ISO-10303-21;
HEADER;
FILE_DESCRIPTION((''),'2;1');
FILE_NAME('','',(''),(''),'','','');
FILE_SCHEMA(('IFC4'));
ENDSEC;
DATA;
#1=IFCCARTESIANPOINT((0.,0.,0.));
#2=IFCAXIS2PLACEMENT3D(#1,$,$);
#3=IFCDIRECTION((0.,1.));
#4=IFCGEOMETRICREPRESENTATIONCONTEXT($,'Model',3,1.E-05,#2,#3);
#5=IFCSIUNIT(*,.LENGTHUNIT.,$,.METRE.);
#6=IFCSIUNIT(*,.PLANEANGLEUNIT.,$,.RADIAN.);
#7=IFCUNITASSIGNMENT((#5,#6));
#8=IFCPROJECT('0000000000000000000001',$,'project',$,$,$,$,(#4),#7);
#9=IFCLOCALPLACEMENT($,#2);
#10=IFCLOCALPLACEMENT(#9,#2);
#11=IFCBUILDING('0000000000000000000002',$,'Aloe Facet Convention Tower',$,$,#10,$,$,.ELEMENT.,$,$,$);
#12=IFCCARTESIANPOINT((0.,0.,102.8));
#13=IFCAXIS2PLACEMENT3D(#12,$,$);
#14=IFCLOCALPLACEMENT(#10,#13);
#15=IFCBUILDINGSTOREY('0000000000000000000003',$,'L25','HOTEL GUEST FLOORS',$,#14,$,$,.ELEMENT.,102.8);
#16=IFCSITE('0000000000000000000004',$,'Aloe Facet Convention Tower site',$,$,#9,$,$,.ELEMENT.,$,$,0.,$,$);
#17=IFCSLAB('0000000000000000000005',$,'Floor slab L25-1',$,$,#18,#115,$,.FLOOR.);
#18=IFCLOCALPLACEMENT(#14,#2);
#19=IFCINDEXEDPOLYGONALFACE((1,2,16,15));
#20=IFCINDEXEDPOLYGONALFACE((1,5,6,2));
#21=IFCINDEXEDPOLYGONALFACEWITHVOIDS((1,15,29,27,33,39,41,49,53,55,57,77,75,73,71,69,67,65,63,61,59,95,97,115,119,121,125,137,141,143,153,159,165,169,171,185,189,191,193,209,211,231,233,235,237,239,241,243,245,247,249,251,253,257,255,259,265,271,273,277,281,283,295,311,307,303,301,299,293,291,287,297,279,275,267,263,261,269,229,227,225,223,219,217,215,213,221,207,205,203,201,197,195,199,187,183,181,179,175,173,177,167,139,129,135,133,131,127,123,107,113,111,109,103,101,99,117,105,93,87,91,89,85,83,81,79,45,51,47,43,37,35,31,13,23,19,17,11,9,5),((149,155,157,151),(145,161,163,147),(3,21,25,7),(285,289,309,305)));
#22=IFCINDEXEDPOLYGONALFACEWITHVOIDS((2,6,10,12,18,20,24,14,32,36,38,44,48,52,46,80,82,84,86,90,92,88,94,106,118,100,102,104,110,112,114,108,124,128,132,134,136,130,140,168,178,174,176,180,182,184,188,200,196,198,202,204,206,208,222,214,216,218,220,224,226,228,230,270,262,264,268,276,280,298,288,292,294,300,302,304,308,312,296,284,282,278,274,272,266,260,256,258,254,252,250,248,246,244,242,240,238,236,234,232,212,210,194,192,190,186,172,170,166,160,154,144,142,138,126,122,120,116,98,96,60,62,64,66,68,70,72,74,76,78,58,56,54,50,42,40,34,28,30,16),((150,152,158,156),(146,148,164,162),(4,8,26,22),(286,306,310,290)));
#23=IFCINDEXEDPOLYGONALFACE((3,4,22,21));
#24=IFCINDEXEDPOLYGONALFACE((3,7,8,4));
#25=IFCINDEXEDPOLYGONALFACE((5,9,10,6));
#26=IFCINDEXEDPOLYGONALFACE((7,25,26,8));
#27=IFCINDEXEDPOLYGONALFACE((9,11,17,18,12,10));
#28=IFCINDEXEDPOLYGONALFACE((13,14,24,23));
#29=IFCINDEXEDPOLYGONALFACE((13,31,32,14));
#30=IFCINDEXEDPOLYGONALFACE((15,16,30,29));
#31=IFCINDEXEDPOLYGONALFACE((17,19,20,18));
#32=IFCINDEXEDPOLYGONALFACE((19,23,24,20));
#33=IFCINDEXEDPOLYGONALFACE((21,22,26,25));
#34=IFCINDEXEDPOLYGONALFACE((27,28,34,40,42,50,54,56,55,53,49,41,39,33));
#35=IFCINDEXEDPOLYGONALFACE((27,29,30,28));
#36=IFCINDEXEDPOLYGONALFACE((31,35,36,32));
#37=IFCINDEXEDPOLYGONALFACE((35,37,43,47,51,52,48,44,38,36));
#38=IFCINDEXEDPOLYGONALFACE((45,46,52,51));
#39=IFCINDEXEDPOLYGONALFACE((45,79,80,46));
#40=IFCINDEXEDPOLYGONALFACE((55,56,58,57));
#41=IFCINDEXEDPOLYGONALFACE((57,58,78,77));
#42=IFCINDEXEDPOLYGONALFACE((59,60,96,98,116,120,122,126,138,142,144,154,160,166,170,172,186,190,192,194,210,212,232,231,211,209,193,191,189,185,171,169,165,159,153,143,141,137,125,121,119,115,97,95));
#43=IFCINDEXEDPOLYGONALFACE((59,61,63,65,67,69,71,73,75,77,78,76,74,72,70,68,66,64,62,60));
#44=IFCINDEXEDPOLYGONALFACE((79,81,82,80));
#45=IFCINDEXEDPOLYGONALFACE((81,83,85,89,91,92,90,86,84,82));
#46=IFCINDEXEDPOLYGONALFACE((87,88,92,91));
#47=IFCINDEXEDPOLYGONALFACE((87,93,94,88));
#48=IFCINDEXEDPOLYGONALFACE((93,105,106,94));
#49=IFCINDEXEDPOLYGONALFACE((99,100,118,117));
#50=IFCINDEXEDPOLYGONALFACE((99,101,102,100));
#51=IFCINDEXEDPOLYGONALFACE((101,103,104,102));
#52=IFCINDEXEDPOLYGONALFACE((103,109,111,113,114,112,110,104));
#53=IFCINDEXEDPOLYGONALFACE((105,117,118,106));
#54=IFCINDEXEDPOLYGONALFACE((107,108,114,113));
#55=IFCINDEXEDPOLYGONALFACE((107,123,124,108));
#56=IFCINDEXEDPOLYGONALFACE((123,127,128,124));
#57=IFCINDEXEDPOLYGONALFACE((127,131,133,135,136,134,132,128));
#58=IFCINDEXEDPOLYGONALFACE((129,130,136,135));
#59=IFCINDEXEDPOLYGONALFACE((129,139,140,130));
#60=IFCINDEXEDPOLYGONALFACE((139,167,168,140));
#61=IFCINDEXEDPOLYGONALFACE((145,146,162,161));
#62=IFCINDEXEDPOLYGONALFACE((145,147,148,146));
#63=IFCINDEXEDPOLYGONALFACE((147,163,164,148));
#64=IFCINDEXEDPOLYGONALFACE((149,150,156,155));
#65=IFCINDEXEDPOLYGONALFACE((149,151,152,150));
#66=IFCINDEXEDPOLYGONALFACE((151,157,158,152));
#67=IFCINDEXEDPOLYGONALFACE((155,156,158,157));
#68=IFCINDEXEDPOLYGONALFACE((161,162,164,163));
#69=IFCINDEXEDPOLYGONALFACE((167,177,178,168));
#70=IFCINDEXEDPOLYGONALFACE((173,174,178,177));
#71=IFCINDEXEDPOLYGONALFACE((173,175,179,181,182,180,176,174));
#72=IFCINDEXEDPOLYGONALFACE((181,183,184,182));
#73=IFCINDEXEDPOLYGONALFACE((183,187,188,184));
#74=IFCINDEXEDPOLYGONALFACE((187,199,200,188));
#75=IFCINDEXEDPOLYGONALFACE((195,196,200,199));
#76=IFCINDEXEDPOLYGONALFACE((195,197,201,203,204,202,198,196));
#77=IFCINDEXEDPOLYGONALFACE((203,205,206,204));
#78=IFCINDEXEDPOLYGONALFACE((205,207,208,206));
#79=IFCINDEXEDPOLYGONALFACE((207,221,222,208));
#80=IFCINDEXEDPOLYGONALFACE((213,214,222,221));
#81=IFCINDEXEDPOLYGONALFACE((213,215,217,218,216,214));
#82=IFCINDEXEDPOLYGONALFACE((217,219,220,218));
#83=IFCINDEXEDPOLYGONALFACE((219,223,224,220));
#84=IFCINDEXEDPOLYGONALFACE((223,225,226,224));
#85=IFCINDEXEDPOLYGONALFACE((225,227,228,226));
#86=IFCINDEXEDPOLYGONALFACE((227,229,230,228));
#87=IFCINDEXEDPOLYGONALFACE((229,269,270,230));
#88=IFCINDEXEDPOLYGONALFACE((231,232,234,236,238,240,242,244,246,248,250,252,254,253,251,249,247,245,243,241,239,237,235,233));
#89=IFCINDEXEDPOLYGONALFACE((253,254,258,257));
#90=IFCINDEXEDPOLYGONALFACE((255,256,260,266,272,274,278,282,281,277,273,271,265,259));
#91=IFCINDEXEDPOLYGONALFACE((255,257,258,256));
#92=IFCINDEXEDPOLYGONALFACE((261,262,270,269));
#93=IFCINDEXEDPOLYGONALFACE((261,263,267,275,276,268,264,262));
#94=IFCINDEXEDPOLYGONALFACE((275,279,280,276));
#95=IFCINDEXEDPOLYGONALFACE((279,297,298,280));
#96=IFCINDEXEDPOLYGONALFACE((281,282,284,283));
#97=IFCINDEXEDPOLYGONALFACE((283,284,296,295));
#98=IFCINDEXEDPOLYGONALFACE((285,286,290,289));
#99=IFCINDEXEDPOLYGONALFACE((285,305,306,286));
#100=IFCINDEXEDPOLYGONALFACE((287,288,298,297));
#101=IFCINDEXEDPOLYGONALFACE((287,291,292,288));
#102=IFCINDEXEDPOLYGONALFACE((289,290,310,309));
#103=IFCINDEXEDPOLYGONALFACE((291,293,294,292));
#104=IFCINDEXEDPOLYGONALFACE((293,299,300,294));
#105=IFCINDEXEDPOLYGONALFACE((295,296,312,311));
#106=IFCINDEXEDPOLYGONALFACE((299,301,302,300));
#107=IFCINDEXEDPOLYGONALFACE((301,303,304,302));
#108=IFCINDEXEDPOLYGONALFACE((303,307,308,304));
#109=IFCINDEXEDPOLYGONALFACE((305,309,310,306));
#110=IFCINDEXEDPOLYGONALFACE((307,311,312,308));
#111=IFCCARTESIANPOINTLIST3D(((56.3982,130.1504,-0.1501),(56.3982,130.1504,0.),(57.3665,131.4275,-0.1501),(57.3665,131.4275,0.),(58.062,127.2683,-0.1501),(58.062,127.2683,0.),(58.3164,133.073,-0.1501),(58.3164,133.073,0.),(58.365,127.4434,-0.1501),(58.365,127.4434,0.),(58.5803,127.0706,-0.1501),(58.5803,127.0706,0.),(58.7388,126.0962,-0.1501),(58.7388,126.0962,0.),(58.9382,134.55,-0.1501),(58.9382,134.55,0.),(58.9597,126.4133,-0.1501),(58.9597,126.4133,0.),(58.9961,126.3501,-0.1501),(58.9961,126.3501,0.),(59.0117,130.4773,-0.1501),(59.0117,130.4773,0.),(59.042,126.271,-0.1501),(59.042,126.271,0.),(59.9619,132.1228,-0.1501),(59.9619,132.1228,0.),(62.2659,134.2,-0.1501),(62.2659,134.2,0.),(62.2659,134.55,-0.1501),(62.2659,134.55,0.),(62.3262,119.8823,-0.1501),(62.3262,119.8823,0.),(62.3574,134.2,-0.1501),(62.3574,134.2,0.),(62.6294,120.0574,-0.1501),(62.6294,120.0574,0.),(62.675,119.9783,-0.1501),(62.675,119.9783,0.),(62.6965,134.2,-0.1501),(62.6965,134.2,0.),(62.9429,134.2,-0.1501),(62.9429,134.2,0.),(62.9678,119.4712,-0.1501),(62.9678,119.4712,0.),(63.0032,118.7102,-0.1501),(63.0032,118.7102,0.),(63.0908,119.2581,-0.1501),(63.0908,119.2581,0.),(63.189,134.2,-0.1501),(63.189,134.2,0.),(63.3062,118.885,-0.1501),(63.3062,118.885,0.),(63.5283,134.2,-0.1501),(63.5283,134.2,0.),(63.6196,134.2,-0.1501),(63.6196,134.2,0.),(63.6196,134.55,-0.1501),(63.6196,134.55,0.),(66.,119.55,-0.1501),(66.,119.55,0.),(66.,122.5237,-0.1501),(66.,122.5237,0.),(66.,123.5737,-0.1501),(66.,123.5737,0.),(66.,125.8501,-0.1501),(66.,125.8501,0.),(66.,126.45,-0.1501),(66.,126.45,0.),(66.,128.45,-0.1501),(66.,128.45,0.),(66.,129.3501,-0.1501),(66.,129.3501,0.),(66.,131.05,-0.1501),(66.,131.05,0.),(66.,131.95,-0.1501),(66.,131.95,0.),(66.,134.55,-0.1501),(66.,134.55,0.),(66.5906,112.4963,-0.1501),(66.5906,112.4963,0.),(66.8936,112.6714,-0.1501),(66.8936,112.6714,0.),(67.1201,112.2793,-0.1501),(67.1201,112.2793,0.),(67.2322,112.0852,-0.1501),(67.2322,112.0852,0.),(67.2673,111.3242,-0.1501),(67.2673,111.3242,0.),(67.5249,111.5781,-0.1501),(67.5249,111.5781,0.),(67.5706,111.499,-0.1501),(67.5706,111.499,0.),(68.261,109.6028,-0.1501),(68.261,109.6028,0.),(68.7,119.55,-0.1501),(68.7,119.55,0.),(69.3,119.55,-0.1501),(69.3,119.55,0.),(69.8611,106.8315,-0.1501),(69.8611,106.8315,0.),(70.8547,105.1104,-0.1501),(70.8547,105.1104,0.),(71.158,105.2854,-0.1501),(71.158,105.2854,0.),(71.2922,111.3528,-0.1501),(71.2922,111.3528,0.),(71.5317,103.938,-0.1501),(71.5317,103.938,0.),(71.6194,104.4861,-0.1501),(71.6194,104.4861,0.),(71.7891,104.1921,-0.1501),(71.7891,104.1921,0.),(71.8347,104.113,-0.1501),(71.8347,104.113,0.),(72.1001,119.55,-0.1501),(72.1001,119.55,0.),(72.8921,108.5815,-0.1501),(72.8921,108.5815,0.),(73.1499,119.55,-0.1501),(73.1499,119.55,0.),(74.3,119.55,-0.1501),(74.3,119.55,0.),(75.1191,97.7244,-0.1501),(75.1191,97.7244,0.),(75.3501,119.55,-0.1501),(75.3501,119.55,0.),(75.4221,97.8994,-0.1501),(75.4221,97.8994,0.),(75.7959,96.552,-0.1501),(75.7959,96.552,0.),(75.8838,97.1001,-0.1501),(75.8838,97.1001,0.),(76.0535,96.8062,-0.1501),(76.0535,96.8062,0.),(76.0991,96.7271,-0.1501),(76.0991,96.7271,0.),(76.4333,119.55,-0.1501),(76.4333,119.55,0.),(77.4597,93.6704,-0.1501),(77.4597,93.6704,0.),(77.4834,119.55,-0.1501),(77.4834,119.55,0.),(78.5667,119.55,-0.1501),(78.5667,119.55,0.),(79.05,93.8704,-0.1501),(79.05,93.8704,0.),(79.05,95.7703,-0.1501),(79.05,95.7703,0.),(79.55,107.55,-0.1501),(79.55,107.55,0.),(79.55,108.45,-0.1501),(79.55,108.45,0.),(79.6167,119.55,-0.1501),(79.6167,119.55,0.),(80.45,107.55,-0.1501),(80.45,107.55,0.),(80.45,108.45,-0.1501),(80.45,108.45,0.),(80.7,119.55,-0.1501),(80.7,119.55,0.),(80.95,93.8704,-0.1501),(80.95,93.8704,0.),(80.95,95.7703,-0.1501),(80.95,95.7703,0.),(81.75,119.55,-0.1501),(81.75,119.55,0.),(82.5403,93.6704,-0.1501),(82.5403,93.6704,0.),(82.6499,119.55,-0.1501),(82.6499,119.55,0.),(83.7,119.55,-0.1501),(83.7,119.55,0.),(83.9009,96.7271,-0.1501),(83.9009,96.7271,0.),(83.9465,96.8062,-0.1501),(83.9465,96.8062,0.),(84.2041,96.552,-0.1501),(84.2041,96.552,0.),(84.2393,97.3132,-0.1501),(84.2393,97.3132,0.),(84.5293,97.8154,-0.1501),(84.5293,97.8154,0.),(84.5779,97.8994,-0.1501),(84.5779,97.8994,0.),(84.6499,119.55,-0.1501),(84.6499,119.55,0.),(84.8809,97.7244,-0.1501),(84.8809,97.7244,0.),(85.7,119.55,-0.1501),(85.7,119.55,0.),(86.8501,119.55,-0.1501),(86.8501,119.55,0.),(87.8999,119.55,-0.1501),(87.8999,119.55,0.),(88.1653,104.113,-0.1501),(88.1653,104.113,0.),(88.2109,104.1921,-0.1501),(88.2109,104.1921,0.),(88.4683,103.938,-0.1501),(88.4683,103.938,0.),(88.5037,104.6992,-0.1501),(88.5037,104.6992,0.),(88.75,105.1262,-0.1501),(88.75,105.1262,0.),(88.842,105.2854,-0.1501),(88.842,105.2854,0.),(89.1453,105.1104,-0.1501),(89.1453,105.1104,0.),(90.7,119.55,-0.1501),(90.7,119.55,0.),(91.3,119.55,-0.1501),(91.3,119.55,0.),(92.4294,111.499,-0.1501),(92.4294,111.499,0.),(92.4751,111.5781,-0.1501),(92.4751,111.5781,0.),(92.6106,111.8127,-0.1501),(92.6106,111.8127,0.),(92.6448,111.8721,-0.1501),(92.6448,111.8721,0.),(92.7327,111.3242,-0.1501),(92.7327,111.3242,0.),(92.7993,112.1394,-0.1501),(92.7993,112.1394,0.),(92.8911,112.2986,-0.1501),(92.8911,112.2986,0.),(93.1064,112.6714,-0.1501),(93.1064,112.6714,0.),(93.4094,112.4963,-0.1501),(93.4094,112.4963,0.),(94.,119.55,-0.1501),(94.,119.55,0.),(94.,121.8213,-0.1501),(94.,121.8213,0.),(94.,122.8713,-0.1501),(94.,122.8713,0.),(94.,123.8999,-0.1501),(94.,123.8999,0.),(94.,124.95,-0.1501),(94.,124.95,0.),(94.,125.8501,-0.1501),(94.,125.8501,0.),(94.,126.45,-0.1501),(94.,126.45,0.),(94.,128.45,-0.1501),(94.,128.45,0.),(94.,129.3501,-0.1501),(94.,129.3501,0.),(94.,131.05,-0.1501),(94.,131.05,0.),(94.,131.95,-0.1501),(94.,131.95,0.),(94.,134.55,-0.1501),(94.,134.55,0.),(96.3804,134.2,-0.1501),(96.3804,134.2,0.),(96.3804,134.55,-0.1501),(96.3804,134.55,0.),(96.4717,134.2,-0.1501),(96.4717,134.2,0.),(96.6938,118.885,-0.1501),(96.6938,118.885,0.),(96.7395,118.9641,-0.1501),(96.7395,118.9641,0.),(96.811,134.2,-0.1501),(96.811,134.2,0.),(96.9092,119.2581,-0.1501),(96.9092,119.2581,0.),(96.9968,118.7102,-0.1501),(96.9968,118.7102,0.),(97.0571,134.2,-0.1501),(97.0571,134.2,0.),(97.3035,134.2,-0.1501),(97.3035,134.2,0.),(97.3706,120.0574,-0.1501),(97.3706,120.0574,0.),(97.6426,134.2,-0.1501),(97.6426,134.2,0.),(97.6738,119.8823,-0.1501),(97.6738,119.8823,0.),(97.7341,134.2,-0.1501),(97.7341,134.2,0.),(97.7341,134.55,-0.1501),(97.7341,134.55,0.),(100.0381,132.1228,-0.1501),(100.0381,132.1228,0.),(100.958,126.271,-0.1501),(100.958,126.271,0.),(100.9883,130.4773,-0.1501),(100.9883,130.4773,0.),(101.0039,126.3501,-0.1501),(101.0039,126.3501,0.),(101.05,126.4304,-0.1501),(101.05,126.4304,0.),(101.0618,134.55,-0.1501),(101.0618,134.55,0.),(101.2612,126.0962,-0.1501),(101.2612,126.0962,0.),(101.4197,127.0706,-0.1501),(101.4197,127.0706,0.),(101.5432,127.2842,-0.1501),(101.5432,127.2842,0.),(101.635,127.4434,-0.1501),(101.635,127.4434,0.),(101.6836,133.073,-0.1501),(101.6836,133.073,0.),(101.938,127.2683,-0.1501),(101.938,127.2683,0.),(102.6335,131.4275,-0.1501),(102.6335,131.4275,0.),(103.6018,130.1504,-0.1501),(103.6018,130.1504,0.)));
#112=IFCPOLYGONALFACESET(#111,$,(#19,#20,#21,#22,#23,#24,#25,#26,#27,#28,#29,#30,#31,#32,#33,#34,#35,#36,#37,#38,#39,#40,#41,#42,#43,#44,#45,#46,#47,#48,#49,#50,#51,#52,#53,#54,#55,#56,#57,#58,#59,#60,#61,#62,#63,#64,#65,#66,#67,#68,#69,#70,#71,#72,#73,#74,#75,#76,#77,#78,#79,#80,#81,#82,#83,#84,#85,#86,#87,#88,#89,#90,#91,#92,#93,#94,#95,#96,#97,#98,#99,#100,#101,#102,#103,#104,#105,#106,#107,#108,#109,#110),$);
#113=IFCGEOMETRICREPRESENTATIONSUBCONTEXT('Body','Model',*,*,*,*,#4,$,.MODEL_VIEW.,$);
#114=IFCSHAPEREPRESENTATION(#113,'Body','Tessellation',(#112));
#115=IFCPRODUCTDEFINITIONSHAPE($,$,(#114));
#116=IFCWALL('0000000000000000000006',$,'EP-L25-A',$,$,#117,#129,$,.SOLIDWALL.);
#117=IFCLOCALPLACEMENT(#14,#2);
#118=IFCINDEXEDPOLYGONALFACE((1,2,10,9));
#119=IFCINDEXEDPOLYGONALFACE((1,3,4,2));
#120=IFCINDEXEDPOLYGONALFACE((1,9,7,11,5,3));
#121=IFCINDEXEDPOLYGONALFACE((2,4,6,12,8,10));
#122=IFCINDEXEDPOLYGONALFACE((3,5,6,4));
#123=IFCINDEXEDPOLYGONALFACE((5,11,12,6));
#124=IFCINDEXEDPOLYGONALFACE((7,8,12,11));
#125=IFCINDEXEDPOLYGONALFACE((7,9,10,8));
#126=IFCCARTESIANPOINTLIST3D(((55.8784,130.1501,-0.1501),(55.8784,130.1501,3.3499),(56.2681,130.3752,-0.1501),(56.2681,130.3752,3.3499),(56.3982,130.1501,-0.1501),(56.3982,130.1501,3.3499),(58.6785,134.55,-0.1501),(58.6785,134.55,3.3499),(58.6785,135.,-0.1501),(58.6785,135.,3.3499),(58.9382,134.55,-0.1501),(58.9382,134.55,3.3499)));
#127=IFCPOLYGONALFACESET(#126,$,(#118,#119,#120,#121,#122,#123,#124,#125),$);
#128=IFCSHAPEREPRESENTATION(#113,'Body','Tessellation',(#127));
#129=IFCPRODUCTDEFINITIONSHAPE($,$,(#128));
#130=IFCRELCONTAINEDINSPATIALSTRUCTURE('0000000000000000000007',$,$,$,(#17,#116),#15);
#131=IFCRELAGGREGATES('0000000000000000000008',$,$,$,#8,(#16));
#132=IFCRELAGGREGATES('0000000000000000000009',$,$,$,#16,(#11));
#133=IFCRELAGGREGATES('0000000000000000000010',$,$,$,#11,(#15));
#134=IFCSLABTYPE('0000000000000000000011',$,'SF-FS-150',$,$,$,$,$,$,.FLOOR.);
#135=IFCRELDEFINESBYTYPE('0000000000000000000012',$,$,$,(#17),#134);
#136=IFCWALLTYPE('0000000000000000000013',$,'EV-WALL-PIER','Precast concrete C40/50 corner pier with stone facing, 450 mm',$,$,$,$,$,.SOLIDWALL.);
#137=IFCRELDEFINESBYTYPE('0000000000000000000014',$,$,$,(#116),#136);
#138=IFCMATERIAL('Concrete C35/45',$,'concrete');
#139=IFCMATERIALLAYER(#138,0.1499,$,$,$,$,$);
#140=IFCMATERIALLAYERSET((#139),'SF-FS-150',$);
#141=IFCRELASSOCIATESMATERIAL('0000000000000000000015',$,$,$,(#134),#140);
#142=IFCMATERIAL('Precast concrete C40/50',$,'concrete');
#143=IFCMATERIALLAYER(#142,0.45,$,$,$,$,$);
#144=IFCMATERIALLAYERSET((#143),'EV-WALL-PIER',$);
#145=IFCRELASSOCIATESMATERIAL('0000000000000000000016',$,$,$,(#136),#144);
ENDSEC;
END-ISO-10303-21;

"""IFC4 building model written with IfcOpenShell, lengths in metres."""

from ifc_helpers import new_model, si_unit, direction, frame, origin, place, context, subcontext, project, spatial, polyline, outline, extrude, material, layer, layer_set, type_object, element, save


model = new_model("IFC4")

# Units and contexts
model_context = context("Model", 3, precision=1e-05, world=origin(), true_north=direction((0.0, 1.0)))
body_context = subcontext(model_context, "Body", "Model", "MODEL_VIEW")
ifc_project = project(units=[si_unit("LENGTHUNIT", "METRE"), si_unit("PLANEANGLEUNIT", "RADIAN")], contexts=[model_context])

# Site, building, storey
site_placement = place(None, origin())
site = spatial("IfcSite", under=ifc_project, at=site_placement, Name="Aloe Facet Convention Tower site", CompositionType="ELEMENT", RefElevation=0.0)
building_placement = place(site_placement, origin())
building = spatial("IfcBuilding", under=site, at=building_placement, Name="Aloe Facet Convention Tower", CompositionType="ELEMENT")
storey_placement = place(building_placement, frame((0.0, 0.0, 102.8)))
storey = spatial("IfcBuildingStorey", under=building, at=storey_placement, Name="L25", Description="HOTEL GUEST FLOORS", CompositionType="ELEMENT", Elevation=102.8)

# Slab
ifc_material_1 = material(Name="Concrete C35/45", Category="concrete")
ifc_layer_1 = layer(ifc_material_1, 0.1499)
ifc_layer_set_1 = layer_set([ifc_layer_1], Name="SF-FS-150")
slab_type_1 = type_object("IfcSlabType", Name="SF-FS-150", PredefinedType="FLOOR", material=ifc_layer_set_1)
slab_1_placement = place(storey_placement, frame((0.0, 0.0, -0.1501)))
element("IfcSlab", 1, at=slab_1_placement, inside=storey, type_object=slab_type_1, Name="Floor slab L25-1", PredefinedType="FLOOR", context=body_context, shape_type="SweptSolid", body=[
    extrude(outline(polyline([(58.9382, 134.55), (62.2659, 134.55), (62.2659, 134.2), (62.3574, 134.2), (62.6965, 134.2), (62.9429, 134.2), (63.189, 134.2), (63.5283, 134.2), (63.6196, 134.2), (63.6196, 134.55), (66.0, 134.55), (66.0, 131.95), (66.0, 131.05), (66.0, 129.3501), (66.0, 128.45), (66.0, 126.45), (66.0, 125.8501), (66.0, 123.5737), (66.0, 122.5237), (66.0, 119.55), (68.7, 119.55), (69.3, 119.55), (72.1001, 119.55), (73.1499, 119.55), (74.3, 119.55), (75.3501, 119.55), (76.4333, 119.55), (77.4834, 119.55), (78.5667, 119.55), (79.6167, 119.55), (80.7, 119.55), (81.75, 119.55), (82.6499, 119.55), (83.7, 119.55), (84.6499, 119.55), (85.7, 119.55), (86.8501, 119.55), (87.8999, 119.55), (90.7, 119.55), (91.3, 119.55), (94.0, 119.55), (94.0, 121.8213), (94.0, 122.8713), (94.0, 123.8999), (94.0, 124.95), (94.0, 125.8501), (94.0, 126.45), (94.0, 128.45), (94.0, 129.3501), (94.0, 131.05), (94.0, 131.95), (94.0, 134.55), (96.3804, 134.55), (96.3804, 134.2), (96.4717, 134.2), (96.811, 134.2), (97.0571, 134.2), (97.3035, 134.2), (97.6426, 134.2), (97.7341, 134.2), (97.7341, 134.55), (101.0618, 134.55), (103.6018, 130.1504), (101.938, 127.2683), (101.635, 127.4434), (101.5432, 127.2842), (101.4197, 127.0706), (101.05, 126.4304), (101.0039, 126.3501), (100.958, 126.271), (101.2612, 126.0962), (97.6738, 119.8823), (97.3706, 120.0574), (96.9092, 119.2581), (96.7395, 118.9641), (96.6938, 118.885), (96.9968, 118.7102), (93.4094, 112.4963), (93.1064, 112.6714), (92.8911, 112.2986), (92.7993, 112.1394), (92.6448, 111.8721), (92.6448, 111.8721), (92.6106, 111.8127), (92.4751, 111.5781), (92.4294, 111.499), (92.7327, 111.3242), (89.1453, 105.1104), (88.842, 105.2854), (88.75, 105.1262), (88.5037, 104.6992), (88.2109, 104.1921), (88.1653, 104.113), (88.4683, 103.938), (84.8809, 97.7244), (84.5779, 97.8994), (84.5293, 97.8154), (84.2393, 97.3132), (83.9465, 96.8062), (83.9009, 96.7271), (84.2041, 96.552), (82.5403, 93.6704), (77.4597, 93.6704), (75.7959, 96.552), (76.0991, 96.7271), (76.0535, 96.8062), (75.8838, 97.1001), (75.4221, 97.8994), (75.1191, 97.7244), (71.5317, 103.938), (71.8347, 104.113), (71.7891, 104.1921), (71.6194, 104.4861), (71.158, 105.2854), (70.8547, 105.1104), (69.8611, 106.8315), (72.8921, 108.5815), (71.2922, 111.3528), (68.261, 109.6028), (67.2673, 111.3242), (67.5706, 111.499), (67.5249, 111.5781), (67.2322, 112.0852), (67.1201, 112.2793), (66.8936, 112.6714), (66.5906, 112.4963), (63.0032, 118.7102), (63.3062, 118.885), (63.0908, 119.2581), (62.9678, 119.4712), (62.675, 119.9783), (62.6294, 120.0574), (62.3262, 119.8823), (58.7388, 126.0962), (59.042, 126.271), (58.9961, 126.3501), (58.9597, 126.4133), (58.5803, 127.0706), (58.365, 127.4434), (58.062, 127.2683), (56.3982, 130.1504), (58.9382, 134.55)]), holes=[polyline([(59.9619, 132.1228), (58.3164, 133.073), (57.3665, 131.4275), (59.0117, 130.4773), (59.9619, 132.1228)]), polyline([(79.05, 95.7703), (79.05, 93.8704), (80.95, 93.8704), (80.95, 95.7703), (79.05, 95.7703)]), polyline([(79.55, 107.55), (80.45, 107.55), (80.45, 108.45), (79.55, 108.45), (79.55, 107.55)]), polyline([(100.9883, 130.4773), (102.6335, 131.4275), (101.6836, 133.073), (100.0381, 132.1228), (100.9883, 130.4773)])]), origin(), (0.0, 0.0, 1.0), 0.1501),
])

# Wall
ifc_material_2 = material(Name="Precast concrete C40/50", Category="concrete")
ifc_layer_2 = layer(ifc_material_2, 0.45)
ifc_layer_set_2 = layer_set([ifc_layer_2], Name="EV-WALL-PIER")
wall_type_1 = type_object("IfcWallType", Name="EV-WALL-PIER", Description="Precast concrete C40/50 corner pier with stone facing, 450 mm", PredefinedType="SOLIDWALL", material=ifc_layer_set_2)
wall_1_placement = place(storey_placement, frame((0.0, 0.0, -0.1501)))
element("IfcWall", 2, at=wall_1_placement, inside=storey, type_object=wall_type_1, Name="EP-L25-A", PredefinedType="SOLIDWALL", context=body_context, shape_type="SweptSolid", body=[
    extrude(outline(polyline([(58.6785, 135.0), (58.6785, 134.55), (58.9382, 134.55), (56.3982, 130.1501), (56.2681, 130.3752), (55.8784, 130.1501), (58.6785, 135.0)])), origin(), (0.0, 0.0, 1.0), 3.5),
])

save(model, "model.ifc")
